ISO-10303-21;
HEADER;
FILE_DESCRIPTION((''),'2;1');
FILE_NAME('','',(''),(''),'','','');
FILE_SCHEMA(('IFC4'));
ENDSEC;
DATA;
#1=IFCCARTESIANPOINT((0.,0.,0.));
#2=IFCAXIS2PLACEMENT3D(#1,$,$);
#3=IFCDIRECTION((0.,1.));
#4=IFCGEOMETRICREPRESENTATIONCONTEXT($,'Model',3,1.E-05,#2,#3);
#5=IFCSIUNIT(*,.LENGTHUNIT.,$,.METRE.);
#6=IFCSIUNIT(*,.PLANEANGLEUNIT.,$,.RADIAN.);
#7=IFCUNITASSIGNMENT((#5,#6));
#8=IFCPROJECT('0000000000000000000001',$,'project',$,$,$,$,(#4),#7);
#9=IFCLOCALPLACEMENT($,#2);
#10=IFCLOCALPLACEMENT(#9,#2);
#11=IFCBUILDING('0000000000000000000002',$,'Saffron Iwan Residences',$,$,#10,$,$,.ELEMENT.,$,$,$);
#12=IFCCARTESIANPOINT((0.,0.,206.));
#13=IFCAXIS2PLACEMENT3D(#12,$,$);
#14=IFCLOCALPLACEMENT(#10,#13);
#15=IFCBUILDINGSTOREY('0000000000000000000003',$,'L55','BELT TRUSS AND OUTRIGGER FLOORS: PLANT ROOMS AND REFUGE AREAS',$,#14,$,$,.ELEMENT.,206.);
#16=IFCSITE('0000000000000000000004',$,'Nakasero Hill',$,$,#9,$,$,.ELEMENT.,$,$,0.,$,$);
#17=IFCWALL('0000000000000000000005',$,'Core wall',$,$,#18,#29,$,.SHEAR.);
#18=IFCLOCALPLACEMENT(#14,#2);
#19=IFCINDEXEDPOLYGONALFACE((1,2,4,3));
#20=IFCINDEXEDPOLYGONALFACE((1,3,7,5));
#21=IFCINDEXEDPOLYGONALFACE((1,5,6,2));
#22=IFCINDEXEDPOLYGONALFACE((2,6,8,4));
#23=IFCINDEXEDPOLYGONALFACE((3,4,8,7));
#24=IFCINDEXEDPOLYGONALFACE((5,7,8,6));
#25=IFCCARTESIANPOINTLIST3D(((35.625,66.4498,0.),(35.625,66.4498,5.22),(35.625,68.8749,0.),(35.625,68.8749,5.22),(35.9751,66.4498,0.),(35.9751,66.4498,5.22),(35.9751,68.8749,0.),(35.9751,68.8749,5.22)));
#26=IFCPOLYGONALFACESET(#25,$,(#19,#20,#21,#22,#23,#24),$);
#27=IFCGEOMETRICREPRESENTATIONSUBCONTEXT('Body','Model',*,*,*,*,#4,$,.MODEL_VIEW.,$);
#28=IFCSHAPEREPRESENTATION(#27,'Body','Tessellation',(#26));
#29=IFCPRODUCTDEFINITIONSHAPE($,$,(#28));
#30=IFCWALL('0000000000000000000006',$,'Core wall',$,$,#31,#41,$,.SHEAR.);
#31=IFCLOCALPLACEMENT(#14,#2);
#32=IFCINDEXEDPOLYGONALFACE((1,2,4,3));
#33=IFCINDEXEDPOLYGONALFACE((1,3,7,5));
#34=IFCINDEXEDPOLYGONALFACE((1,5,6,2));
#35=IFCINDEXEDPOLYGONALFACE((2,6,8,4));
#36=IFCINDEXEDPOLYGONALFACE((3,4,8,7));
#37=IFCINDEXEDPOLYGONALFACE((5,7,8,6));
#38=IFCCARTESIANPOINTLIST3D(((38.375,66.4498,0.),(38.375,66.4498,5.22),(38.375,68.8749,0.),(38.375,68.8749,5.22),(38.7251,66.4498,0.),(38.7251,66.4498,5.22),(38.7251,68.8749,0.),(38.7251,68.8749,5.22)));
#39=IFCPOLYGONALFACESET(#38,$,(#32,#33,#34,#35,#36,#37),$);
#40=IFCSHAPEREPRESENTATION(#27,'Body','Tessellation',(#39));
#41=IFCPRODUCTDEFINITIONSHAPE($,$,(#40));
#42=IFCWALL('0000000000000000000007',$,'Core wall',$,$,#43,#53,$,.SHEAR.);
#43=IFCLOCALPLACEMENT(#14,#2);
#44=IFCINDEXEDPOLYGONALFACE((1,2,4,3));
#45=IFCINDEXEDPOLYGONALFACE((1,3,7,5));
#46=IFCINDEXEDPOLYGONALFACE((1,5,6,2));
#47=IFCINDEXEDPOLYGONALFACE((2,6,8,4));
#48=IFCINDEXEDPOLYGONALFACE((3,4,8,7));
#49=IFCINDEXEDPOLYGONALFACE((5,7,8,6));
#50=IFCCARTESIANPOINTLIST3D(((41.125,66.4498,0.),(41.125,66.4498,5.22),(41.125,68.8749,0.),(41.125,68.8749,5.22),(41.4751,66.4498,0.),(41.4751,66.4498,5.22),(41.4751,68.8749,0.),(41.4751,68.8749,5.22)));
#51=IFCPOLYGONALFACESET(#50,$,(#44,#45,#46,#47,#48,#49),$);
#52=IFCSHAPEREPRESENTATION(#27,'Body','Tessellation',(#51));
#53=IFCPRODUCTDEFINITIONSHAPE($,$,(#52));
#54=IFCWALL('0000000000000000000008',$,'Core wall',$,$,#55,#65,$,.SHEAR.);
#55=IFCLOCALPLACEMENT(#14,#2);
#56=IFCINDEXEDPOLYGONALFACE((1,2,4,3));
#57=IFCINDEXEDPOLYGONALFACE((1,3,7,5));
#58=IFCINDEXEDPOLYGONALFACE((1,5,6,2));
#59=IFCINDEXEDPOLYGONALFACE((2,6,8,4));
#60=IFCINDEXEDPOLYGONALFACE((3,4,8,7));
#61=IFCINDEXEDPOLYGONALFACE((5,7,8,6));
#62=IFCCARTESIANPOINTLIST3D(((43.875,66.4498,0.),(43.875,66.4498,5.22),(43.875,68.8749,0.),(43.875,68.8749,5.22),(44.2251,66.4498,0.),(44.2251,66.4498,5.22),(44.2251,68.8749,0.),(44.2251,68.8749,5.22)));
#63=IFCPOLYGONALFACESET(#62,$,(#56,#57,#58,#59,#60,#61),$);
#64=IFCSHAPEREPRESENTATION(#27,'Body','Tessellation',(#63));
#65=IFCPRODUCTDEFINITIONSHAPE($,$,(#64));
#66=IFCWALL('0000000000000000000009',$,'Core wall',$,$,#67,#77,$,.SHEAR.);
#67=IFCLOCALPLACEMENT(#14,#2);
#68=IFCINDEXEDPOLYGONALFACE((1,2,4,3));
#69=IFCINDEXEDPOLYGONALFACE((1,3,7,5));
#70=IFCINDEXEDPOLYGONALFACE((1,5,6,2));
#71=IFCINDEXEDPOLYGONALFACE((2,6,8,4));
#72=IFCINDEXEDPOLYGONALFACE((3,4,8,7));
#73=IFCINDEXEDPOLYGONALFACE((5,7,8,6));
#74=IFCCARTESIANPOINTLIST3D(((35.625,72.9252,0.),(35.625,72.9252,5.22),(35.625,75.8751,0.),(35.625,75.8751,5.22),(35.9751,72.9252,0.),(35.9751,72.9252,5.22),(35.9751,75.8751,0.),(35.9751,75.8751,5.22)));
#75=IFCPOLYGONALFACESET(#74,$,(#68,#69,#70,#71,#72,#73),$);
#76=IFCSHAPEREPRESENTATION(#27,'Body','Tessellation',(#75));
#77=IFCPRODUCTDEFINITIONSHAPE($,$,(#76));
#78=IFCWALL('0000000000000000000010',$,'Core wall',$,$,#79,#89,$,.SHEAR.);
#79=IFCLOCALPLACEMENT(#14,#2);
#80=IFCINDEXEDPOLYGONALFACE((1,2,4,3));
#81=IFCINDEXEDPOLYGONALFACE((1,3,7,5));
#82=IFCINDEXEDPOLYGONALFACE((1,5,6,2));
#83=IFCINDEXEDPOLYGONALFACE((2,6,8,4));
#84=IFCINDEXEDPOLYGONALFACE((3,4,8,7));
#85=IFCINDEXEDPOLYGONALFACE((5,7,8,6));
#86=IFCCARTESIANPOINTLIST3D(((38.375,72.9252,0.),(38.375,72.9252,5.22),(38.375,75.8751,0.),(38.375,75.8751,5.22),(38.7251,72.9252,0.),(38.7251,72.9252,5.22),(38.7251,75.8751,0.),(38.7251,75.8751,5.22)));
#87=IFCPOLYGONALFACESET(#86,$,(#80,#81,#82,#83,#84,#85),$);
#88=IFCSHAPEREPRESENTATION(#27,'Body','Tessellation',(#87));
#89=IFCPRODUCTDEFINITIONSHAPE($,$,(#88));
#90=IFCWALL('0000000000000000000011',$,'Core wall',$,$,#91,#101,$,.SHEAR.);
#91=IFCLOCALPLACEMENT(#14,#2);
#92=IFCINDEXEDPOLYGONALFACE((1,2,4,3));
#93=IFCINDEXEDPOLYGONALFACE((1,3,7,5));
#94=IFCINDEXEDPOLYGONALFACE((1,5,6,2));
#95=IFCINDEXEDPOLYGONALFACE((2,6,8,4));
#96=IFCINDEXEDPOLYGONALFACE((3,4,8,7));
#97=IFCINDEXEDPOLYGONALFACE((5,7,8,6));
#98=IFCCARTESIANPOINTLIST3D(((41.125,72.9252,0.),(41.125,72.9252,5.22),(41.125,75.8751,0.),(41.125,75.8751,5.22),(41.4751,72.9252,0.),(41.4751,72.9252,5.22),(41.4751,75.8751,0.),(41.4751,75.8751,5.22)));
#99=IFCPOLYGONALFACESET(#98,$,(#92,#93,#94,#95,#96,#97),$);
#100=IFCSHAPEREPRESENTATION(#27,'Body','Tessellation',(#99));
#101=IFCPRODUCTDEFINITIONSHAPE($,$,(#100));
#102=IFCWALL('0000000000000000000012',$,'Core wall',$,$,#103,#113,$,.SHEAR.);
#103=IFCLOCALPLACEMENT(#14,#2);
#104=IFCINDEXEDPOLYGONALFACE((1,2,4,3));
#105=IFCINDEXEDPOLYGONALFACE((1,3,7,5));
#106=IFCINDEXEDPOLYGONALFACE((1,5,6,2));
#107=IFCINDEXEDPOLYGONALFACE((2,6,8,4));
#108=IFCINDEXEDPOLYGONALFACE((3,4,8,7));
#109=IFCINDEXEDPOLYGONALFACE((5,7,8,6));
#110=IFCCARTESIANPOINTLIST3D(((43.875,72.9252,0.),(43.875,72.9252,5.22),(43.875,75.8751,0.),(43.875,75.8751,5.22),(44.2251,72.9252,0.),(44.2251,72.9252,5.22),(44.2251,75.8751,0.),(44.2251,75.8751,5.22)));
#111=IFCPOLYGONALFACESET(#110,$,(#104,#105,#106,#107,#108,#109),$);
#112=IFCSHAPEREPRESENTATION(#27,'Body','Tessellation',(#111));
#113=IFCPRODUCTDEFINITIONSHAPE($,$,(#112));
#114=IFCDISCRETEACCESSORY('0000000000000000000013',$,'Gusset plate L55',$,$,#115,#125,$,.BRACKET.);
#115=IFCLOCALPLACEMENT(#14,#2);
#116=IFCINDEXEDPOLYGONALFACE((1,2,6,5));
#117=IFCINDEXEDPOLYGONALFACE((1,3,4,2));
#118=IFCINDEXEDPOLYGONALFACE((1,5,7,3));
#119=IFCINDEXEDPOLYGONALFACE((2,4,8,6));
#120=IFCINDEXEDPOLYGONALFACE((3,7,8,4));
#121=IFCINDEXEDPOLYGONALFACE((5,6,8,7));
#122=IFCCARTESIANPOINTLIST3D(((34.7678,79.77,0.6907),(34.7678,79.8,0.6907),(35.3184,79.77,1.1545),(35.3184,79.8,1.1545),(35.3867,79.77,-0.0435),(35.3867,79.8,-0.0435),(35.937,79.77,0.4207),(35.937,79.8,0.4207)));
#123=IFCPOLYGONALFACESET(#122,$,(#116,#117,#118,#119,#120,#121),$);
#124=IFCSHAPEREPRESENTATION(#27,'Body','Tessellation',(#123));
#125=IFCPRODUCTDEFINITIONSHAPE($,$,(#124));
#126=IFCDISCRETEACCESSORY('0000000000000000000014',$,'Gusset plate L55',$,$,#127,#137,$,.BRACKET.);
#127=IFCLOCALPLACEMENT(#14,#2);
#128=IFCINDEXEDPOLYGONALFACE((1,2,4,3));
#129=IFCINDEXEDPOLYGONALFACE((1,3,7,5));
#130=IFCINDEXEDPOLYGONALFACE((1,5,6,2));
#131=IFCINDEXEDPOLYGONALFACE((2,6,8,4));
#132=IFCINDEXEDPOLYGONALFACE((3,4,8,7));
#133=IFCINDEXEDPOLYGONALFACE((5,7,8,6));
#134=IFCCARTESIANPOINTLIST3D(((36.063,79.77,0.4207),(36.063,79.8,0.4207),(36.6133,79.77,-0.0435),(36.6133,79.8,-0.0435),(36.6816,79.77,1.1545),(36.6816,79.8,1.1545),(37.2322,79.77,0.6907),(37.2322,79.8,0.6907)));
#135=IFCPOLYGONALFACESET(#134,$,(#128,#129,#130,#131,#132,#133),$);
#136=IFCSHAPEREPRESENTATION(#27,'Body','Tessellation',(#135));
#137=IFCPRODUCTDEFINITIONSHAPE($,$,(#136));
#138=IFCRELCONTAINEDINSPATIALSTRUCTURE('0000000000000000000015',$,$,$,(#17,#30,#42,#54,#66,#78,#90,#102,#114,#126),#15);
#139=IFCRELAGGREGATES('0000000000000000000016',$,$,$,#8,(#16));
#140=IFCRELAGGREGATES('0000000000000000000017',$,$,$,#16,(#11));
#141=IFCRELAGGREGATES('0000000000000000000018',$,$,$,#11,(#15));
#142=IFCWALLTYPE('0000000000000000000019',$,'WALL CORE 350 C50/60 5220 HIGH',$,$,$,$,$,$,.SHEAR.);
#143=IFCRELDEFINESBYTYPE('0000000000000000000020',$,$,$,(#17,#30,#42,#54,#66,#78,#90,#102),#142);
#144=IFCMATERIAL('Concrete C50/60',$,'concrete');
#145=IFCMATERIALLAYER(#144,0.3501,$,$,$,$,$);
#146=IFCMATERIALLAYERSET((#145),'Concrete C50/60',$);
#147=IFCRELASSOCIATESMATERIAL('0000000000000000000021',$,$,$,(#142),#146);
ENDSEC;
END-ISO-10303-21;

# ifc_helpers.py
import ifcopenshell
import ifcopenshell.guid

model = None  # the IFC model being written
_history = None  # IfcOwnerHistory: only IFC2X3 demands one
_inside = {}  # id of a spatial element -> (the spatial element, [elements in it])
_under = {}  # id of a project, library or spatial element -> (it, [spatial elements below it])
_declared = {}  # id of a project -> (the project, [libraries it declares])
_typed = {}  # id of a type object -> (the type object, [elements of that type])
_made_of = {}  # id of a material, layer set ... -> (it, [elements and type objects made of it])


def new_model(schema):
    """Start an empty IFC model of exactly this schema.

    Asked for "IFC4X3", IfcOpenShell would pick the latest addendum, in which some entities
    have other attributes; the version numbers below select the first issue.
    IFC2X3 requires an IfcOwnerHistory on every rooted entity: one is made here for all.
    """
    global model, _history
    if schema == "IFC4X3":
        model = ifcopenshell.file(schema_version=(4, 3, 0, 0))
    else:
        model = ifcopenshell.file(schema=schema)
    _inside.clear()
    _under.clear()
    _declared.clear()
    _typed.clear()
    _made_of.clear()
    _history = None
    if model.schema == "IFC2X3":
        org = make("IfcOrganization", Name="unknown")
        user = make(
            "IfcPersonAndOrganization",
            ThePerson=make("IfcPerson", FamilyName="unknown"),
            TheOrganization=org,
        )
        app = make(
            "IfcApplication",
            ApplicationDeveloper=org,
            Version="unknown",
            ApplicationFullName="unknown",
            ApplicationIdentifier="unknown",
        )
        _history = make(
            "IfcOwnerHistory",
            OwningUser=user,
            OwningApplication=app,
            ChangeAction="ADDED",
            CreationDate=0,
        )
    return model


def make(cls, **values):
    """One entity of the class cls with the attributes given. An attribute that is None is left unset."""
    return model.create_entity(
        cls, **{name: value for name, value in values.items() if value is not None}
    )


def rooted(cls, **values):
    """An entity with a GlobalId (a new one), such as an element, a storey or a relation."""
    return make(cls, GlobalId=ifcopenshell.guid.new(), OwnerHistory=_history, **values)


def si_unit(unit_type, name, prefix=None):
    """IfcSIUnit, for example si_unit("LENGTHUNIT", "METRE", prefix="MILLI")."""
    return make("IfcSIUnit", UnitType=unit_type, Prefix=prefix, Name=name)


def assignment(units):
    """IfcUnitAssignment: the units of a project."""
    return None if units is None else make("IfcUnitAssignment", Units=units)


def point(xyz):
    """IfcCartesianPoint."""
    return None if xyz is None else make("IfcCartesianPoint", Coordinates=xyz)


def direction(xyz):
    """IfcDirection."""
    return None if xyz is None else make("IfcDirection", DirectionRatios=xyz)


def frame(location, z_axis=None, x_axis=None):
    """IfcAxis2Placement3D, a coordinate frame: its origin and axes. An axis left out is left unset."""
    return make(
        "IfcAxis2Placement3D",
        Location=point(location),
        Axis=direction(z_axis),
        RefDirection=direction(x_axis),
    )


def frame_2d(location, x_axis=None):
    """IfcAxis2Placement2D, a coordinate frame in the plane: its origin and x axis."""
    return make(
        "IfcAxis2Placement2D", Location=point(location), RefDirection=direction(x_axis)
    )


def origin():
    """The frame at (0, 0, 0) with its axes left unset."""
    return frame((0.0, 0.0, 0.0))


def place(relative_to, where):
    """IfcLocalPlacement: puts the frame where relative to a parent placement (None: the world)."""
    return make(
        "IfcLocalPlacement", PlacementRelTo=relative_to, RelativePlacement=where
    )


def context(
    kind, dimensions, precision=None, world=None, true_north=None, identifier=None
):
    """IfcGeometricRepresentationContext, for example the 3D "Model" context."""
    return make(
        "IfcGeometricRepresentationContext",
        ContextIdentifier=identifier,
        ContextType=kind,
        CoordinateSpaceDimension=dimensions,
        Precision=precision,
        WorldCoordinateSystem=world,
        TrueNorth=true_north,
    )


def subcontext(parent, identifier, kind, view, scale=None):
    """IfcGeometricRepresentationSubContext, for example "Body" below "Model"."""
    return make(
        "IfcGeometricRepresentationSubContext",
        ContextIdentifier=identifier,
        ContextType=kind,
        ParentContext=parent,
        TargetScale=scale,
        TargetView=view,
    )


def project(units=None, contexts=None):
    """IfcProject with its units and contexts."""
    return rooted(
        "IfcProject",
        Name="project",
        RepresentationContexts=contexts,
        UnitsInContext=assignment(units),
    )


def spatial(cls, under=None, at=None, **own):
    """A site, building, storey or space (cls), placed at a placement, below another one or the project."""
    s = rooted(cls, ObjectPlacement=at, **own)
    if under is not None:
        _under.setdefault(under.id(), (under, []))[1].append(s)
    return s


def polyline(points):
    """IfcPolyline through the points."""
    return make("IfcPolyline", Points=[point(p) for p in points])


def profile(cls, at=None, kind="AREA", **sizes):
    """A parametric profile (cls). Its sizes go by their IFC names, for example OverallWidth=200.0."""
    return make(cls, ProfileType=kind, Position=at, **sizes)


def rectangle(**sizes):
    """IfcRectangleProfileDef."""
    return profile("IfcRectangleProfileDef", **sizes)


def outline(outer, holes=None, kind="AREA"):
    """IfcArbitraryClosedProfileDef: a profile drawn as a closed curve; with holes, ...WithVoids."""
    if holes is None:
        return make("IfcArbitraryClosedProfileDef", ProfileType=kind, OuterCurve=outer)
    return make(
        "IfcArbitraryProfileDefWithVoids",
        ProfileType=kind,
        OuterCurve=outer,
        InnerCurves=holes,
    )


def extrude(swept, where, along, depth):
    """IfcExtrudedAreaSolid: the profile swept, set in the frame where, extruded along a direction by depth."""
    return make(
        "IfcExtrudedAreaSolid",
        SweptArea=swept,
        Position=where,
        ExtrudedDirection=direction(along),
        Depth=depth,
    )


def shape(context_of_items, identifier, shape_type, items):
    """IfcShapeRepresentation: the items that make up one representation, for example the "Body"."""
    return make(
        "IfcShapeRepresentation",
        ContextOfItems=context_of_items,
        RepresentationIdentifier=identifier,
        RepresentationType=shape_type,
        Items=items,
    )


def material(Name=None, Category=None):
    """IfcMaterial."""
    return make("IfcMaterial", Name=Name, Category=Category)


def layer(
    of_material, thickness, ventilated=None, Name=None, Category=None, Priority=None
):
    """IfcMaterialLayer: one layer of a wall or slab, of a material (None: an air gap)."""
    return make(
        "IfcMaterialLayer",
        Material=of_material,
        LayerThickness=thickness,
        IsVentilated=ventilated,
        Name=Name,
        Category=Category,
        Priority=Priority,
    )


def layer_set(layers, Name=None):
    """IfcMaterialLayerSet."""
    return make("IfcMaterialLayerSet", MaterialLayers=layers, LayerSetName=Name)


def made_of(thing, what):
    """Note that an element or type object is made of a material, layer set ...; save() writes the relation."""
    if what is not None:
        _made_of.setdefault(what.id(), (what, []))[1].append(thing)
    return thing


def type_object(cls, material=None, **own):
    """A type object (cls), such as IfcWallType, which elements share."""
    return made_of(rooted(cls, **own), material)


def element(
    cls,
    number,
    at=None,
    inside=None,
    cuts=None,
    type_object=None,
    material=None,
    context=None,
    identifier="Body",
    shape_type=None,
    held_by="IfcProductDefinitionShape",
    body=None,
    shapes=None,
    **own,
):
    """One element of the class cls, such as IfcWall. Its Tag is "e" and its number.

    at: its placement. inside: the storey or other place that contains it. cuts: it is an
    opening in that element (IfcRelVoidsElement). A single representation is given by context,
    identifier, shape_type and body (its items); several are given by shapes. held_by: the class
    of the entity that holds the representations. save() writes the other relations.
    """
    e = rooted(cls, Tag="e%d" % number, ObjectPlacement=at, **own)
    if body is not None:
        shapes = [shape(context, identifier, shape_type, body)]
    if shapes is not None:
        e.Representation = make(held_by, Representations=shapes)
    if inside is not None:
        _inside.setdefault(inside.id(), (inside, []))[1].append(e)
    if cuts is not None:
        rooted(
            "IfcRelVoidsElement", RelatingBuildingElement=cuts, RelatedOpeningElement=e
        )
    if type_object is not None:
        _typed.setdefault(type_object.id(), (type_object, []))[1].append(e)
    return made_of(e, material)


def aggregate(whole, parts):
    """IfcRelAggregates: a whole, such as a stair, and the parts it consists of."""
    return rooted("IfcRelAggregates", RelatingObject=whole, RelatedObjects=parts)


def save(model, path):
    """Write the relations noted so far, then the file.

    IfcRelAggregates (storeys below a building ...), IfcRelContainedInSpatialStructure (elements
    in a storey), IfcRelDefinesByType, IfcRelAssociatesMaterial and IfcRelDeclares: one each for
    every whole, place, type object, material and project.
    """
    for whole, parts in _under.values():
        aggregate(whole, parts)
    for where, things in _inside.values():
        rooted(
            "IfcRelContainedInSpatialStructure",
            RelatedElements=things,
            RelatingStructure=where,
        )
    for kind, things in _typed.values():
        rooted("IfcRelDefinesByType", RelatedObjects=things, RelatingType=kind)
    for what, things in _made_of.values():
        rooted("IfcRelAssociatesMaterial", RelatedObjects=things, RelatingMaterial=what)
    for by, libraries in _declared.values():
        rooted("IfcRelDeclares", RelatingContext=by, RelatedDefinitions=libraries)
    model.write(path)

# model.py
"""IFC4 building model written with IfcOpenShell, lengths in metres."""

from ifc_helpers import new_model, si_unit, direction, frame, frame_2d, origin, place, context, subcontext, project, spatial, polyline, rectangle, outline, extrude, material, layer, layer_set, type_object, element, save


model = new_model("IFC4")

# Units and contexts
model_context = context("Model", 3, precision=1e-05, world=origin(), true_north=direction((0.0, 1.0)))
body_context = subcontext(model_context, "Body", "Model", "MODEL_VIEW")
ifc_project = project(units=[si_unit("LENGTHUNIT", "METRE"), si_unit("PLANEANGLEUNIT", "RADIAN")], contexts=[model_context])

# Site, building, storey
site_placement = place(None, origin())
site = spatial("IfcSite", under=ifc_project, at=site_placement, Name="Nakasero Hill", CompositionType="ELEMENT", RefElevation=0.0)
building_placement = place(site_placement, origin())
building = spatial("IfcBuilding", under=site, at=building_placement, Name="Saffron Iwan Residences", CompositionType="ELEMENT")
storey_placement = place(building_placement, frame((0.0, 0.0, 206.0)))
storey = spatial("IfcBuildingStorey", under=building, at=storey_placement, Name="L55", Description="BELT TRUSS AND OUTRIGGER FLOORS: PLANT ROOMS AND REFUGE AREAS", CompositionType="ELEMENT", Elevation=206.0)

# Shared definitions
ifc_material_1 = material(Name="Concrete C50/60", Category="concrete")

# Shared definitions
ifc_layer_1 = layer(ifc_material_1, 0.3501)
ifc_layer_set_1 = layer_set([ifc_layer_1], Name="Concrete C50/60")
wall_type_1 = type_object("IfcWallType", Name="WALL CORE 350 C50/60 5220 HIGH", PredefinedType="SHEAR", material=ifc_layer_set_1)

# Walls
for number, where, z_axis, x_axis, name in (
    (1, (35.8, 66.45, 0.0), (0.0, 0.0, 1.0), (0.0, 1.0, 0.0), "Core wall"),
    (2, (38.55, 66.45, 0.0), (0.0, 0.0, 1.0), (0.0, 1.0, 0.0), "Core wall"),
    (3, (41.3, 66.45, 0.0), (0.0, 0.0, 1.0), (0.0, 1.0, 0.0), "Core wall"),
    (4, (44.05, 66.45, 0.0), (0.0, 0.0, 1.0), (0.0, 1.0, 0.0), "Core wall"),
):
    element("IfcWall", number, at=place(storey_placement, frame(where, z_axis=z_axis, x_axis=x_axis)), inside=storey, type_object=wall_type_1, Name=name, PredefinedType="SHEAR", context=body_context, shape_type="SweptSolid", body=[
        extrude(rectangle(XDim=2.425, YDim=0.3501, at=frame_2d((1.2124, 0.0))), origin(), (0.0, 0.0, 1.0), 5.22),
    ])
for number, where, z_axis, x_axis, name in (
    (5, (35.8, 72.925, 0.0), (0.0, 0.0, 1.0), (0.0, 1.0, 0.0), "Core wall"),
    (6, (38.55, 72.925, 0.0), (0.0, 0.0, 1.0), (0.0, 1.0, 0.0), "Core wall"),
    (7, (41.3, 72.925, 0.0), (0.0, 0.0, 1.0), (0.0, 1.0, 0.0), "Core wall"),
    (8, (44.05, 72.925, 0.0), (0.0, 0.0, 1.0), (0.0, 1.0, 0.0), "Core wall"),
):
    element("IfcWall", number, at=place(storey_placement, frame(where, z_axis=z_axis, x_axis=x_axis)), inside=storey, type_object=wall_type_1, Name=name, PredefinedType="SHEAR", context=body_context, shape_type="SweptSolid", body=[
        extrude(rectangle(XDim=2.95, YDim=0.3501, at=frame_2d((1.4751, 0.0))), origin(), (0.0, 0.0, 1.0), 5.22),
    ])

# Discrete accessories
discrete_accessory_1_placement = place(storey_placement, frame((35.3867, 79.8, -0.0435), z_axis=(0.0, 1.0, 0.0), x_axis=(-0.644551, 0.0, 0.764562)))
element("IfcDiscreteAccessory", 9, at=discrete_accessory_1_placement, inside=storey, Name="Gusset plate L55", PredefinedType="BRACKET", context=body_context, shape_type="SweptSolid", body=[
    extrude(outline(polyline([(0.0, 0.0), (0.9602, 0.0), (0.96, 0.7199), (0.0002, 0.7199), (0.0, 0.0)])), origin(), (0.0, 0.0, -1.0), 0.03),
])
discrete_accessory_2_placement = place(storey_placement, frame((36.063, 79.8, 0.4207), z_axis=(0.0, 1.0, 0.0), x_axis=(0.644527, 0.0, 0.764581)))
element("IfcDiscreteAccessory", 10, at=discrete_accessory_2_placement, inside=storey, Name="Gusset plate L55", PredefinedType="BRACKET", context=body_context, shape_type="SweptSolid", body=[
    extrude(outline(polyline([(0.0, 0.0), (0.9599, 0.0), (0.96, 0.7199), (-0.0002, 0.7199), (0.0, 0.0)])), origin(), (0.0, 0.0, -1.0), 0.03),
])

save(model, "model.ifc")
